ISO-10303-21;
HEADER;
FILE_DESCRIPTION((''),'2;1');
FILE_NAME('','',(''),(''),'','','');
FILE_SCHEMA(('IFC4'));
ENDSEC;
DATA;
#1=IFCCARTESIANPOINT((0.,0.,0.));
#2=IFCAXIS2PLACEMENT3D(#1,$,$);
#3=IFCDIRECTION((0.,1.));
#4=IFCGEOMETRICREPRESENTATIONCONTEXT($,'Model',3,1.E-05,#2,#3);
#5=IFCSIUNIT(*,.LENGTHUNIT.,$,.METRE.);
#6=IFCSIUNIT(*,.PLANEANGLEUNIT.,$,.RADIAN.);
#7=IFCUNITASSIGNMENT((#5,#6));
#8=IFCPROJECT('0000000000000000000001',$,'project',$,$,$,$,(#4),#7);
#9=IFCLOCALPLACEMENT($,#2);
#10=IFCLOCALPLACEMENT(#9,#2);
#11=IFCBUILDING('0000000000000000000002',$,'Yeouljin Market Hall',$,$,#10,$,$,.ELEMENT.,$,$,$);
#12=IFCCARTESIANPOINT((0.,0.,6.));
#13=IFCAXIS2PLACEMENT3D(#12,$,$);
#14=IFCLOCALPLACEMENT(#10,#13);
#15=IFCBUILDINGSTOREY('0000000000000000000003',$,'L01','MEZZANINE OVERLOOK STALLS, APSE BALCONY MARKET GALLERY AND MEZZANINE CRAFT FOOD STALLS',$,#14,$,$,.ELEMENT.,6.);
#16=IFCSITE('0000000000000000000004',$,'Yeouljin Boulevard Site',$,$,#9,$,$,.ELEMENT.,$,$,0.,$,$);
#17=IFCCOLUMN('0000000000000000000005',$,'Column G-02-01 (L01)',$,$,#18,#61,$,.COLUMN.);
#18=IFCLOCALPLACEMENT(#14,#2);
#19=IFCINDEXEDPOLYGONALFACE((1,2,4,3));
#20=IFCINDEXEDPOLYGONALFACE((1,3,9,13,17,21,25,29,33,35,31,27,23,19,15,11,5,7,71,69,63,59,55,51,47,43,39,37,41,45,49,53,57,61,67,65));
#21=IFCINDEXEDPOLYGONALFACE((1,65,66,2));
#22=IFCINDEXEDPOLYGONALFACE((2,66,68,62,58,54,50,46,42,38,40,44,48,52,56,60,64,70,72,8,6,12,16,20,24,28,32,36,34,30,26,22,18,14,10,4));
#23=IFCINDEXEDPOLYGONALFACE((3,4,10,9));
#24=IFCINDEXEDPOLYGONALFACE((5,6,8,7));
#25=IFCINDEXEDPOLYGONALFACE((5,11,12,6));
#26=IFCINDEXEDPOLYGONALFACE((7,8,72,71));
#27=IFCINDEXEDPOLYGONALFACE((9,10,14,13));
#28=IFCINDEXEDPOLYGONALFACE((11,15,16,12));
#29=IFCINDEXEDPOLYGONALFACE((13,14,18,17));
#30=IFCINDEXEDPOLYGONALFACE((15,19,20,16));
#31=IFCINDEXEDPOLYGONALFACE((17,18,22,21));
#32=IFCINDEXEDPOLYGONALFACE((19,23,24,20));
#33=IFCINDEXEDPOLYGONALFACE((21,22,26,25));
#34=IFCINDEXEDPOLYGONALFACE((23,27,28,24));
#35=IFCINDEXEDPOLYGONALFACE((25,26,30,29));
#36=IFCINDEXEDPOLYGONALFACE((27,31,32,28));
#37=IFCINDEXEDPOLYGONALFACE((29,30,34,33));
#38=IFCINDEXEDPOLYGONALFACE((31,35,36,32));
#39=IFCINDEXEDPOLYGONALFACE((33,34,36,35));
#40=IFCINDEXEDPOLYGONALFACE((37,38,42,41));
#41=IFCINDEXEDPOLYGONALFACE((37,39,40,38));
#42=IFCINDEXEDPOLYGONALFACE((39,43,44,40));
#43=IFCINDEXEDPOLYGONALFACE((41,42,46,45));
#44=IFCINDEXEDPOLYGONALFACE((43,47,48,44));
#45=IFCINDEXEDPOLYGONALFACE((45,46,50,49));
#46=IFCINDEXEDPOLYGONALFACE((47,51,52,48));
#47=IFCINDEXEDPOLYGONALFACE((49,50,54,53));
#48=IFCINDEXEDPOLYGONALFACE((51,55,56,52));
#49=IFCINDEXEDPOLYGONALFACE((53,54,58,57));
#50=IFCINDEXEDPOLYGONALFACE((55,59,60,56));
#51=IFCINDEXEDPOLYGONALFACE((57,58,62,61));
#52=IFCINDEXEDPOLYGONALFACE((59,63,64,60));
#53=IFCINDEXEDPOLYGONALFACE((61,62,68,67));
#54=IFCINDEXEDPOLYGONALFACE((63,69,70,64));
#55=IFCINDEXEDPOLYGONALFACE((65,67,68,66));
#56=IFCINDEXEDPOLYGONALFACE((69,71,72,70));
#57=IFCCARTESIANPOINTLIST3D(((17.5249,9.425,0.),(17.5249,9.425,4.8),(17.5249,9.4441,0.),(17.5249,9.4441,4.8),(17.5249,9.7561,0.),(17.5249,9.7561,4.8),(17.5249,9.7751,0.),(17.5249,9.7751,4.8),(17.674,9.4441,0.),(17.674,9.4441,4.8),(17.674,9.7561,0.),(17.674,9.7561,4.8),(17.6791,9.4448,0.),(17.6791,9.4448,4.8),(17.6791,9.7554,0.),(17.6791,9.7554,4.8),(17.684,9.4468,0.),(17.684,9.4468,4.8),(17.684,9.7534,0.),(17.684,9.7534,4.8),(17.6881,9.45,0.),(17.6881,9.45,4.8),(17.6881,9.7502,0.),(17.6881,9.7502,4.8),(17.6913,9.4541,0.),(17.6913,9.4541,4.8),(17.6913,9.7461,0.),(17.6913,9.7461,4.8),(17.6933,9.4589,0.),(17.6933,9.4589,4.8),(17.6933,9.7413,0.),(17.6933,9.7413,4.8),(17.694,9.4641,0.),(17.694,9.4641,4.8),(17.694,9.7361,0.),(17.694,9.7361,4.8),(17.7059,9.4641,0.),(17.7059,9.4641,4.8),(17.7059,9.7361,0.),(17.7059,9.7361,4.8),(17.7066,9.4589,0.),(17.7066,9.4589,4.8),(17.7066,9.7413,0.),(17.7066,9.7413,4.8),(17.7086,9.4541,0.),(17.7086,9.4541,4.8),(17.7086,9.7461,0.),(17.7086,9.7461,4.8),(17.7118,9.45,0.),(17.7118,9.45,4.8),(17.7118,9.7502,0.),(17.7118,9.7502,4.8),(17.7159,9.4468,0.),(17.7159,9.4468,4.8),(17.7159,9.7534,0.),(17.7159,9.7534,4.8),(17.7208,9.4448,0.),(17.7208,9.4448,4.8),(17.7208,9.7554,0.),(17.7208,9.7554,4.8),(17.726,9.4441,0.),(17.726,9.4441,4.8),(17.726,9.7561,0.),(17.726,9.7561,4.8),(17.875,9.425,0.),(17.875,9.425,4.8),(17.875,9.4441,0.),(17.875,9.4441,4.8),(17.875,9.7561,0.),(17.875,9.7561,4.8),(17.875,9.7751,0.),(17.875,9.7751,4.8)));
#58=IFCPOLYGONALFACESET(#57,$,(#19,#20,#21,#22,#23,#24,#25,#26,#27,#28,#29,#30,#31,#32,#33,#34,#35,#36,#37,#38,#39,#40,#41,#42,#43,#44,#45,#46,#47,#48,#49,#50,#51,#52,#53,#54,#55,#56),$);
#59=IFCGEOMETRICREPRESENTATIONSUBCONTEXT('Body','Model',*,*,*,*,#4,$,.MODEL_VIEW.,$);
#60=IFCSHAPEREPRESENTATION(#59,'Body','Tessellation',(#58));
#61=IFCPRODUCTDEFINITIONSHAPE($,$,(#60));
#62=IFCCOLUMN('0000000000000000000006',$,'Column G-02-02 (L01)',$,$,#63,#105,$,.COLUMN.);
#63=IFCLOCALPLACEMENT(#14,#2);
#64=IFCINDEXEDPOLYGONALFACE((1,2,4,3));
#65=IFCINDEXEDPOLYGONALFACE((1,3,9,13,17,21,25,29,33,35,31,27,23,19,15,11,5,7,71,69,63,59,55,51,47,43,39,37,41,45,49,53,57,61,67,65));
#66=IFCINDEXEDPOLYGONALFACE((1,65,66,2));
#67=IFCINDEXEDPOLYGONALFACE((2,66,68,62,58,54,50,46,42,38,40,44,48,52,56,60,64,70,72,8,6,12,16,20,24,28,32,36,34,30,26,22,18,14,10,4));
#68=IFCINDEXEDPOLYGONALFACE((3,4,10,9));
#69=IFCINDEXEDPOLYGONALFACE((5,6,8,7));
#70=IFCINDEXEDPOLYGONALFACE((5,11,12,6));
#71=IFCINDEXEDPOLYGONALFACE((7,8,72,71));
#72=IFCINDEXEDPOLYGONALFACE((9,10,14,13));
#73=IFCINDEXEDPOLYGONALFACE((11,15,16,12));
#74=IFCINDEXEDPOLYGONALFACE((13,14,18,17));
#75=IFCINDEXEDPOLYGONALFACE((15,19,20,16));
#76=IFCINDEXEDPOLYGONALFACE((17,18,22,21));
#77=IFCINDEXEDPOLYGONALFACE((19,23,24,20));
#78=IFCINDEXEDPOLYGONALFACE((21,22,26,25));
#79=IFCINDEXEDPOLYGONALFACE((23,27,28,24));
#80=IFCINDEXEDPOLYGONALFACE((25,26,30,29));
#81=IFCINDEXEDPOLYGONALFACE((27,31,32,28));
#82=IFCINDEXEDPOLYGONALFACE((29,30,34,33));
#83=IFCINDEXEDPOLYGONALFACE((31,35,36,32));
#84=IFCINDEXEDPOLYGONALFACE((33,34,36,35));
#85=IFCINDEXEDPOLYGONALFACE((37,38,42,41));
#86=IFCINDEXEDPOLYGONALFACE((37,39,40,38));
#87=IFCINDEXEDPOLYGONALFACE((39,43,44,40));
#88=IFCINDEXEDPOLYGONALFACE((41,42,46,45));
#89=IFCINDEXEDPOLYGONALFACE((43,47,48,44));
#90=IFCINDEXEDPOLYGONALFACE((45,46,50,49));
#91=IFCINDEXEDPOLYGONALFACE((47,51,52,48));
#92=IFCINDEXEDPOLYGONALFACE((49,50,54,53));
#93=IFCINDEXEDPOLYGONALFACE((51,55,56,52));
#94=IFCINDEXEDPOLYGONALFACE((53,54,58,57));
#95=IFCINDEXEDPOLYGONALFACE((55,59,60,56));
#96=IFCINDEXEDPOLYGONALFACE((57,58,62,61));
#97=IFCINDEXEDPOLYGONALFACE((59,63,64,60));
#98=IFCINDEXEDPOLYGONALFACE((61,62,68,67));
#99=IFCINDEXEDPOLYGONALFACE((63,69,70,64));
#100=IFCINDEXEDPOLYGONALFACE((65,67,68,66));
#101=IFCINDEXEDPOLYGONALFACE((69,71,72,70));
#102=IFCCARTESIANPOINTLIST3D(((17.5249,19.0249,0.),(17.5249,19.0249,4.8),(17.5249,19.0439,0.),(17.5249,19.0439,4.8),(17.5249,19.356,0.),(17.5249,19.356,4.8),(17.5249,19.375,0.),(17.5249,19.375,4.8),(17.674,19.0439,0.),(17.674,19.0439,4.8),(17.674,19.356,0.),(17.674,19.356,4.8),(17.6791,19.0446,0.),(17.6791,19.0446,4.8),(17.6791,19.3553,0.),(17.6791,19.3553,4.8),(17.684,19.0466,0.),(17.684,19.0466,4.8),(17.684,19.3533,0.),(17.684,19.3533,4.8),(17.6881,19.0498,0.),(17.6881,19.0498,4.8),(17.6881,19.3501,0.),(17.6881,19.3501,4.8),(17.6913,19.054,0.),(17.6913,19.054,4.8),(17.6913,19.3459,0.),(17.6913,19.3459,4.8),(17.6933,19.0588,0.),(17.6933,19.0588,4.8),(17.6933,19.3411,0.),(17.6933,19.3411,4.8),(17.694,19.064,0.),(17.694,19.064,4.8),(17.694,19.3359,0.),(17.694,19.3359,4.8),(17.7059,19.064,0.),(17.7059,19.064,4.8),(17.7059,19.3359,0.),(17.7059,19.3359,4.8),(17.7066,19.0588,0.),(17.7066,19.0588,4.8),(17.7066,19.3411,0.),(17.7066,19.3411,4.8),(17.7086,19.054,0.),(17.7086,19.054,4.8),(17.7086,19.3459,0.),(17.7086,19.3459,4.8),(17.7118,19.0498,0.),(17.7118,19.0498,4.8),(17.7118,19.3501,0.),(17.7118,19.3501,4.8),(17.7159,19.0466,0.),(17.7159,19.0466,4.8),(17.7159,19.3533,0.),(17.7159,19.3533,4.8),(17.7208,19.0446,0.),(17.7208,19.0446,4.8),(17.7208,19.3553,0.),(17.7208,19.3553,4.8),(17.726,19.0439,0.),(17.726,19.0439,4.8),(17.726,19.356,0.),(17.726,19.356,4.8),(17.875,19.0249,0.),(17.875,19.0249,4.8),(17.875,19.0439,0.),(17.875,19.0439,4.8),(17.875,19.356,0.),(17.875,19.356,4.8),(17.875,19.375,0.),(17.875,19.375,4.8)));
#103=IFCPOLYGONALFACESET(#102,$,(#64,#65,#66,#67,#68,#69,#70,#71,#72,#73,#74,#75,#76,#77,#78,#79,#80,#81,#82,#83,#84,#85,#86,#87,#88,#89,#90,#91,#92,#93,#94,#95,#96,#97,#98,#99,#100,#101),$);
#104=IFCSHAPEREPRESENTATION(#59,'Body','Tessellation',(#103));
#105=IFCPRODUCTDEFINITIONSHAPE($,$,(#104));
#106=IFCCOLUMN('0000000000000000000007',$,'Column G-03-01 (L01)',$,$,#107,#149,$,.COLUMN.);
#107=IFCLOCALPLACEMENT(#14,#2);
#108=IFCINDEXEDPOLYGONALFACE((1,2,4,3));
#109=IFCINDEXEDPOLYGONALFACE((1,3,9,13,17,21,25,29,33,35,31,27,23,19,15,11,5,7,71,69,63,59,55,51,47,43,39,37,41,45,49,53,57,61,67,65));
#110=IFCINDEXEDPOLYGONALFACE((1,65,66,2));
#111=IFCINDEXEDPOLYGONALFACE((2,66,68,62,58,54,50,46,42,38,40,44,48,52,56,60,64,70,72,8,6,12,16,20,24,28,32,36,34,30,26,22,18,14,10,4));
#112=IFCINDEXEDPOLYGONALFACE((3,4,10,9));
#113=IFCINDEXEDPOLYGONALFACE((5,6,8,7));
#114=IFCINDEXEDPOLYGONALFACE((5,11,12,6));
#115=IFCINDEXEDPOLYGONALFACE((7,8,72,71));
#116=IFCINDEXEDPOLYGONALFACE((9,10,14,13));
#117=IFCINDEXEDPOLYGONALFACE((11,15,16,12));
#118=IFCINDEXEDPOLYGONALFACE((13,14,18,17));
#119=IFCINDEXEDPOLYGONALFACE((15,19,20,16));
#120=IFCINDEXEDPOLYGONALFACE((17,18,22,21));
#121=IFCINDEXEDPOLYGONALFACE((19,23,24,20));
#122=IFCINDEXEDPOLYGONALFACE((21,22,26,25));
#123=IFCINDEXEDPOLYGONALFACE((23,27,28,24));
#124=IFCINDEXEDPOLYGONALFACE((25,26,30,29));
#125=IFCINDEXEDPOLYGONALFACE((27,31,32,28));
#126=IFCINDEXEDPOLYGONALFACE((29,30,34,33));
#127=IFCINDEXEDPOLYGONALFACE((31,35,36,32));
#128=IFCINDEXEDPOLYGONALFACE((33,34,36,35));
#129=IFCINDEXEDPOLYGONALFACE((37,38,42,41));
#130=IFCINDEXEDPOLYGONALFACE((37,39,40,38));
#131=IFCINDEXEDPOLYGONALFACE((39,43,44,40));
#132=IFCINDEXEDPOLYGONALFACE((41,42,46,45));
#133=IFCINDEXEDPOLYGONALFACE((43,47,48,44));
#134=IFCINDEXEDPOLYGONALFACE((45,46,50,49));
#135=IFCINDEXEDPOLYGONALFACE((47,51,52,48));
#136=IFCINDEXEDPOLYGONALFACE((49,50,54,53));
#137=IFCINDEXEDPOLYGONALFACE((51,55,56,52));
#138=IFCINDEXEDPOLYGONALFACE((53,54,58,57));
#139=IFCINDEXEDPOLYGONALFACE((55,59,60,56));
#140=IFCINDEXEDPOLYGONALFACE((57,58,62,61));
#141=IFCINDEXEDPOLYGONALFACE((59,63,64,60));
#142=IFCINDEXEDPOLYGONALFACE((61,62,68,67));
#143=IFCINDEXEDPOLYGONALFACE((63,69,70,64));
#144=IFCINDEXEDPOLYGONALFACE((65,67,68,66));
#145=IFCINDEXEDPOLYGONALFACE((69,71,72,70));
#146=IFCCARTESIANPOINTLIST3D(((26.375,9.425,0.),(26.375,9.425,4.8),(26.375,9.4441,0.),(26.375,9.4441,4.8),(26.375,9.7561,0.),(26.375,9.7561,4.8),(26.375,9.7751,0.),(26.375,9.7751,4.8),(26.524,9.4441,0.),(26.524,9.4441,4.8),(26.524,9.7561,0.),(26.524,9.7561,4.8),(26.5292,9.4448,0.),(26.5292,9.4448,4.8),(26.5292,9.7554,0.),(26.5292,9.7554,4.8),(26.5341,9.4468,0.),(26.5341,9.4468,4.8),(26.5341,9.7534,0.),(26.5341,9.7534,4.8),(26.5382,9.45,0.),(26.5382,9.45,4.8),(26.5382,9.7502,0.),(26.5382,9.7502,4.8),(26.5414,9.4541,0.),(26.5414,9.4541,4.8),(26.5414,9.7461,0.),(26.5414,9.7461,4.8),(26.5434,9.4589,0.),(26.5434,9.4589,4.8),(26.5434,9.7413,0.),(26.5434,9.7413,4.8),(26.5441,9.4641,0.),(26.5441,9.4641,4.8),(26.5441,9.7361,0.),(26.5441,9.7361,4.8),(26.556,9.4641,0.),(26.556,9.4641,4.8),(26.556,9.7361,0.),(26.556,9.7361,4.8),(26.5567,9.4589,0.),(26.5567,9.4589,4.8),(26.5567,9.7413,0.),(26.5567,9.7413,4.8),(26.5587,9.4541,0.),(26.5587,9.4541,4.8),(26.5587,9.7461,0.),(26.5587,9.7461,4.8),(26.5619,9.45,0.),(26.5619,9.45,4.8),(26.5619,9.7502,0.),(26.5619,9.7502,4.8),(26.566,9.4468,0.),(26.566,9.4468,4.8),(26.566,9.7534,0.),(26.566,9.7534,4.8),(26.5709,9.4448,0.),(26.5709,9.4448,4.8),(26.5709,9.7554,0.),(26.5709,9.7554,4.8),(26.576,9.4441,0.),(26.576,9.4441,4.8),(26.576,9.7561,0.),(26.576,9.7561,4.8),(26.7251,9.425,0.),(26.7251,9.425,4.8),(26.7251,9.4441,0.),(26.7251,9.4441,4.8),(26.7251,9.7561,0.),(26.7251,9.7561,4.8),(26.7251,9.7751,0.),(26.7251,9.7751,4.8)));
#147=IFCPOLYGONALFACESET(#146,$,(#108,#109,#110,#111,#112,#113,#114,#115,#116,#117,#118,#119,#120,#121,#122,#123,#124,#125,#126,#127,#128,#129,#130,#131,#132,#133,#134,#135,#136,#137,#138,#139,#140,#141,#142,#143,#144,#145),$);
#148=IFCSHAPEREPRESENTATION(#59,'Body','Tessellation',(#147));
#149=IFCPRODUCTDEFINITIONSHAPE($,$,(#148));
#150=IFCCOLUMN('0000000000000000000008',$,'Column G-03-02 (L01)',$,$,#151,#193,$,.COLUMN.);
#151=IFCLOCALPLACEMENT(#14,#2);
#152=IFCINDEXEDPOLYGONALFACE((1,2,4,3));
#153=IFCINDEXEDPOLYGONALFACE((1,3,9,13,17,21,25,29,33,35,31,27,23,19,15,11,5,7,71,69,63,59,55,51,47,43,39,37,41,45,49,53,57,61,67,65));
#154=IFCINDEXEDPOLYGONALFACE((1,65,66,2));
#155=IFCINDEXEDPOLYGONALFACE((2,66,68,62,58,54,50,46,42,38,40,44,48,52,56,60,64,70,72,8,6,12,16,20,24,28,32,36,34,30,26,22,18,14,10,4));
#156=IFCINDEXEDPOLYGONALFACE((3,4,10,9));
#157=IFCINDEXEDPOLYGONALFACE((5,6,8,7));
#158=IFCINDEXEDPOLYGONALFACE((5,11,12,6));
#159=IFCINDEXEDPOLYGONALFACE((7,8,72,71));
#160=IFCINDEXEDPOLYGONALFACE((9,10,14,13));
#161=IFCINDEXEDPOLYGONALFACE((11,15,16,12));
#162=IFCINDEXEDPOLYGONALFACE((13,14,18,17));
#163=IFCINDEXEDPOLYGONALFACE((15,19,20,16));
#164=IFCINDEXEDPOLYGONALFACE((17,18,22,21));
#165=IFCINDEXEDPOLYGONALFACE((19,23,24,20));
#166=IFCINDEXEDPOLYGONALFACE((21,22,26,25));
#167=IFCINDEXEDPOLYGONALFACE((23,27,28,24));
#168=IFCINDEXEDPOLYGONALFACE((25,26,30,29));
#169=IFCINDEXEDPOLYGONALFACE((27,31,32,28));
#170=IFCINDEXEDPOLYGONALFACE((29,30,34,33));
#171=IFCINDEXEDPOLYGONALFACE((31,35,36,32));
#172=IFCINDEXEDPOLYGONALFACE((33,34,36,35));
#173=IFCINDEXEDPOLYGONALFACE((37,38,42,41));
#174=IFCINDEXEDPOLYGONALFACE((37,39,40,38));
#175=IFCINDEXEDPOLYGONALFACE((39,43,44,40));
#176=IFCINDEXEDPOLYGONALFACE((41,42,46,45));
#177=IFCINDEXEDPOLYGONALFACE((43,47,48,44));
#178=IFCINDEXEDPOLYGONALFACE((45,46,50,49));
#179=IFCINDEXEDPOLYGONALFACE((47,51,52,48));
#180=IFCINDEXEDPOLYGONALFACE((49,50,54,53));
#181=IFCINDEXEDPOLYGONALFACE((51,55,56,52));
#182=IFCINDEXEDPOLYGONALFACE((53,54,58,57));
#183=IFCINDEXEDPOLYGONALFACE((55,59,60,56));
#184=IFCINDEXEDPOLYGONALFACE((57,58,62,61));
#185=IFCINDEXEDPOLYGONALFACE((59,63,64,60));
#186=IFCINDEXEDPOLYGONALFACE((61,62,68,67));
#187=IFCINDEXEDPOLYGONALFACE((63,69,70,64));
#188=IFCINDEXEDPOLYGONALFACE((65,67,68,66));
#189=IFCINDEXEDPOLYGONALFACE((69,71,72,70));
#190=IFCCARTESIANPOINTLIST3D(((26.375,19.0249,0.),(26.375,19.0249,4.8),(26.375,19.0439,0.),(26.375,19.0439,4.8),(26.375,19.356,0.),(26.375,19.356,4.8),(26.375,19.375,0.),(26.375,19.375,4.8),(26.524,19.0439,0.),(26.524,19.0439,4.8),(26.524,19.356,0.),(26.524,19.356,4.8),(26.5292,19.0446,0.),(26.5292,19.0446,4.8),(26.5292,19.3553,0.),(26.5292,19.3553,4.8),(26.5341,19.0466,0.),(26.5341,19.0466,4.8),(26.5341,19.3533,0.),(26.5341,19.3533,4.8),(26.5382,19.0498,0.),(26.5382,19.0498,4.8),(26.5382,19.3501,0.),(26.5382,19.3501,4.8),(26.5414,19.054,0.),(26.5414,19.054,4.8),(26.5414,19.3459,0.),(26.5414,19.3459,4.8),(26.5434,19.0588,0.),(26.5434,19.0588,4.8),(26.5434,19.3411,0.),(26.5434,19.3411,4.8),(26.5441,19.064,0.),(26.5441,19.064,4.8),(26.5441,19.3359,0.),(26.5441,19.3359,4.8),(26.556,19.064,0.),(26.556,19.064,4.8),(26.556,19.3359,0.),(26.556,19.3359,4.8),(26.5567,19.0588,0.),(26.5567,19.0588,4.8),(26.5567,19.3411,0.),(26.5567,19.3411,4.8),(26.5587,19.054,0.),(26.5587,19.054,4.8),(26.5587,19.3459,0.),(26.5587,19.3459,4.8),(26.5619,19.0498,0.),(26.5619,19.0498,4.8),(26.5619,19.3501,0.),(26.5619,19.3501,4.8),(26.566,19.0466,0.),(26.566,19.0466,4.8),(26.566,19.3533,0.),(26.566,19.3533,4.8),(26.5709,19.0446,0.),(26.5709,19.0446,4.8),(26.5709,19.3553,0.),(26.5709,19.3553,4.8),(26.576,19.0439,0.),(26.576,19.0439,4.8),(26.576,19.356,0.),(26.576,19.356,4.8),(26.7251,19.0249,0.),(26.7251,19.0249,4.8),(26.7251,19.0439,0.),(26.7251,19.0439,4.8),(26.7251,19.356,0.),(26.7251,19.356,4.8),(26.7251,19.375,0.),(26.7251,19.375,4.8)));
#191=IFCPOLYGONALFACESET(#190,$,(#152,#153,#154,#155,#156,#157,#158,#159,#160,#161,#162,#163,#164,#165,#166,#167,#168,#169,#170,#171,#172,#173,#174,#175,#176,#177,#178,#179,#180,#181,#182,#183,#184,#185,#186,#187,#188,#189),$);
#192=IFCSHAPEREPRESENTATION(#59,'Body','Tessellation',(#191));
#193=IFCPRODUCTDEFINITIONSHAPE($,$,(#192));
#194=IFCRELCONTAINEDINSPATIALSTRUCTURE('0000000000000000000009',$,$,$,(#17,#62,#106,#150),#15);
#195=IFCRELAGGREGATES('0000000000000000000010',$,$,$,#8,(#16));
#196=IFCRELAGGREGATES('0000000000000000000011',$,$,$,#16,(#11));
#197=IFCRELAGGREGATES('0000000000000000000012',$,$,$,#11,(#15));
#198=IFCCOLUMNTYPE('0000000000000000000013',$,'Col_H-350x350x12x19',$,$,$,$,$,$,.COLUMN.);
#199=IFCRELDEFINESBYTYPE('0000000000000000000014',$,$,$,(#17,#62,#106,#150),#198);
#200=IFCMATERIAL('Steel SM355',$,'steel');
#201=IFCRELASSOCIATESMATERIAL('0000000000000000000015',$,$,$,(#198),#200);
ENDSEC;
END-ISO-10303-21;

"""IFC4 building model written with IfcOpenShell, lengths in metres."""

from ifc_helpers import new_model, si_unit, direction, frame, origin, origin_2d, place, context, subcontext, project, spatial, i_section, extrude, material, material_profile, profile_set, type_object, element, save


model = new_model("IFC4")

# Units and contexts
model_context = context("Model", 3, precision=1e-05, world=origin(), true_north=direction((0.0, 1.0)))
body_context = subcontext(model_context, "Body", "Model", "MODEL_VIEW")
ifc_project = project(units=[si_unit("LENGTHUNIT", "METRE"), si_unit("PLANEANGLEUNIT", "RADIAN")], contexts=[model_context])

# Site, building, storey
site_placement = place(None, origin())
site = spatial("IfcSite", under=ifc_project, at=site_placement, Name="Yeouljin Boulevard Site", CompositionType="ELEMENT", RefElevation=0.0)
building_placement = place(site_placement, origin())
building = spatial("IfcBuilding", under=site, at=building_placement, Name="Yeouljin Market Hall", CompositionType="ELEMENT")
storey_placement = place(building_placement, frame((0.0, 0.0, 6.0)))
storey = spatial("IfcBuildingStorey", under=building, at=storey_placement, Name="L01", Description="MEZZANINE OVERLOOK STALLS, APSE BALCONY MARKET GALLERY AND MEZZANINE CRAFT FOOD STALLS", CompositionType="ELEMENT", Elevation=6.0)

# Columns
ifc_material_1 = material(Name="Steel SM355", Category="steel")
ifc_material_profile_1 = material_profile(ifc_material_1, i_section(OverallWidth=0.3501, OverallDepth=0.3501, WebThickness=0.012, FlangeThickness=0.019, FilletRadius=0.02, at=origin_2d()), Name="H-350x350x12x19")
ifc_profile_set_1 = profile_set([ifc_material_profile_1], Name="Steel SM355")
column_type = type_object("IfcColumnType", Name="Col_H-350x350x12x19", PredefinedType="COLUMN", material=ifc_profile_set_1)
for number, where, z_axis, x_axis, name in (
    (1, (17.7, 9.6001, 0.0), (0.0, 0.0, 1.0), (1.0, 0.0, 0.0), "Column G-02-01 (L01)"),
    (2, (17.7, 19.2, 0.0), (0.0, 0.0, 1.0), (1.0, 0.0, 0.0), "Column G-02-02 (L01)"),
    (3, (26.55, 9.6001, 0.0), (0.0, 0.0, 1.0), (1.0, 0.0, 0.0), "Column G-03-01 (L01)"),
    (4, (26.55, 19.2, 0.0), (0.0, 0.0, 1.0), (1.0, 0.0, 0.0), "Column G-03-02 (L01)"),
):
    element("IfcColumn", number, at=place(storey_placement, frame(where, z_axis=z_axis, x_axis=x_axis)), inside=storey, type_object=column_type, Name=name, PredefinedType="COLUMN", context=body_context, shape_type="SweptSolid", body=[
        extrude(i_section(OverallWidth=0.3501, OverallDepth=0.3501, WebThickness=0.012, FlangeThickness=0.019, FilletRadius=0.02, at=origin_2d()), origin(), (0.0, 0.0, 1.0), 4.8),
    ])

save(model, "model.ifc")
